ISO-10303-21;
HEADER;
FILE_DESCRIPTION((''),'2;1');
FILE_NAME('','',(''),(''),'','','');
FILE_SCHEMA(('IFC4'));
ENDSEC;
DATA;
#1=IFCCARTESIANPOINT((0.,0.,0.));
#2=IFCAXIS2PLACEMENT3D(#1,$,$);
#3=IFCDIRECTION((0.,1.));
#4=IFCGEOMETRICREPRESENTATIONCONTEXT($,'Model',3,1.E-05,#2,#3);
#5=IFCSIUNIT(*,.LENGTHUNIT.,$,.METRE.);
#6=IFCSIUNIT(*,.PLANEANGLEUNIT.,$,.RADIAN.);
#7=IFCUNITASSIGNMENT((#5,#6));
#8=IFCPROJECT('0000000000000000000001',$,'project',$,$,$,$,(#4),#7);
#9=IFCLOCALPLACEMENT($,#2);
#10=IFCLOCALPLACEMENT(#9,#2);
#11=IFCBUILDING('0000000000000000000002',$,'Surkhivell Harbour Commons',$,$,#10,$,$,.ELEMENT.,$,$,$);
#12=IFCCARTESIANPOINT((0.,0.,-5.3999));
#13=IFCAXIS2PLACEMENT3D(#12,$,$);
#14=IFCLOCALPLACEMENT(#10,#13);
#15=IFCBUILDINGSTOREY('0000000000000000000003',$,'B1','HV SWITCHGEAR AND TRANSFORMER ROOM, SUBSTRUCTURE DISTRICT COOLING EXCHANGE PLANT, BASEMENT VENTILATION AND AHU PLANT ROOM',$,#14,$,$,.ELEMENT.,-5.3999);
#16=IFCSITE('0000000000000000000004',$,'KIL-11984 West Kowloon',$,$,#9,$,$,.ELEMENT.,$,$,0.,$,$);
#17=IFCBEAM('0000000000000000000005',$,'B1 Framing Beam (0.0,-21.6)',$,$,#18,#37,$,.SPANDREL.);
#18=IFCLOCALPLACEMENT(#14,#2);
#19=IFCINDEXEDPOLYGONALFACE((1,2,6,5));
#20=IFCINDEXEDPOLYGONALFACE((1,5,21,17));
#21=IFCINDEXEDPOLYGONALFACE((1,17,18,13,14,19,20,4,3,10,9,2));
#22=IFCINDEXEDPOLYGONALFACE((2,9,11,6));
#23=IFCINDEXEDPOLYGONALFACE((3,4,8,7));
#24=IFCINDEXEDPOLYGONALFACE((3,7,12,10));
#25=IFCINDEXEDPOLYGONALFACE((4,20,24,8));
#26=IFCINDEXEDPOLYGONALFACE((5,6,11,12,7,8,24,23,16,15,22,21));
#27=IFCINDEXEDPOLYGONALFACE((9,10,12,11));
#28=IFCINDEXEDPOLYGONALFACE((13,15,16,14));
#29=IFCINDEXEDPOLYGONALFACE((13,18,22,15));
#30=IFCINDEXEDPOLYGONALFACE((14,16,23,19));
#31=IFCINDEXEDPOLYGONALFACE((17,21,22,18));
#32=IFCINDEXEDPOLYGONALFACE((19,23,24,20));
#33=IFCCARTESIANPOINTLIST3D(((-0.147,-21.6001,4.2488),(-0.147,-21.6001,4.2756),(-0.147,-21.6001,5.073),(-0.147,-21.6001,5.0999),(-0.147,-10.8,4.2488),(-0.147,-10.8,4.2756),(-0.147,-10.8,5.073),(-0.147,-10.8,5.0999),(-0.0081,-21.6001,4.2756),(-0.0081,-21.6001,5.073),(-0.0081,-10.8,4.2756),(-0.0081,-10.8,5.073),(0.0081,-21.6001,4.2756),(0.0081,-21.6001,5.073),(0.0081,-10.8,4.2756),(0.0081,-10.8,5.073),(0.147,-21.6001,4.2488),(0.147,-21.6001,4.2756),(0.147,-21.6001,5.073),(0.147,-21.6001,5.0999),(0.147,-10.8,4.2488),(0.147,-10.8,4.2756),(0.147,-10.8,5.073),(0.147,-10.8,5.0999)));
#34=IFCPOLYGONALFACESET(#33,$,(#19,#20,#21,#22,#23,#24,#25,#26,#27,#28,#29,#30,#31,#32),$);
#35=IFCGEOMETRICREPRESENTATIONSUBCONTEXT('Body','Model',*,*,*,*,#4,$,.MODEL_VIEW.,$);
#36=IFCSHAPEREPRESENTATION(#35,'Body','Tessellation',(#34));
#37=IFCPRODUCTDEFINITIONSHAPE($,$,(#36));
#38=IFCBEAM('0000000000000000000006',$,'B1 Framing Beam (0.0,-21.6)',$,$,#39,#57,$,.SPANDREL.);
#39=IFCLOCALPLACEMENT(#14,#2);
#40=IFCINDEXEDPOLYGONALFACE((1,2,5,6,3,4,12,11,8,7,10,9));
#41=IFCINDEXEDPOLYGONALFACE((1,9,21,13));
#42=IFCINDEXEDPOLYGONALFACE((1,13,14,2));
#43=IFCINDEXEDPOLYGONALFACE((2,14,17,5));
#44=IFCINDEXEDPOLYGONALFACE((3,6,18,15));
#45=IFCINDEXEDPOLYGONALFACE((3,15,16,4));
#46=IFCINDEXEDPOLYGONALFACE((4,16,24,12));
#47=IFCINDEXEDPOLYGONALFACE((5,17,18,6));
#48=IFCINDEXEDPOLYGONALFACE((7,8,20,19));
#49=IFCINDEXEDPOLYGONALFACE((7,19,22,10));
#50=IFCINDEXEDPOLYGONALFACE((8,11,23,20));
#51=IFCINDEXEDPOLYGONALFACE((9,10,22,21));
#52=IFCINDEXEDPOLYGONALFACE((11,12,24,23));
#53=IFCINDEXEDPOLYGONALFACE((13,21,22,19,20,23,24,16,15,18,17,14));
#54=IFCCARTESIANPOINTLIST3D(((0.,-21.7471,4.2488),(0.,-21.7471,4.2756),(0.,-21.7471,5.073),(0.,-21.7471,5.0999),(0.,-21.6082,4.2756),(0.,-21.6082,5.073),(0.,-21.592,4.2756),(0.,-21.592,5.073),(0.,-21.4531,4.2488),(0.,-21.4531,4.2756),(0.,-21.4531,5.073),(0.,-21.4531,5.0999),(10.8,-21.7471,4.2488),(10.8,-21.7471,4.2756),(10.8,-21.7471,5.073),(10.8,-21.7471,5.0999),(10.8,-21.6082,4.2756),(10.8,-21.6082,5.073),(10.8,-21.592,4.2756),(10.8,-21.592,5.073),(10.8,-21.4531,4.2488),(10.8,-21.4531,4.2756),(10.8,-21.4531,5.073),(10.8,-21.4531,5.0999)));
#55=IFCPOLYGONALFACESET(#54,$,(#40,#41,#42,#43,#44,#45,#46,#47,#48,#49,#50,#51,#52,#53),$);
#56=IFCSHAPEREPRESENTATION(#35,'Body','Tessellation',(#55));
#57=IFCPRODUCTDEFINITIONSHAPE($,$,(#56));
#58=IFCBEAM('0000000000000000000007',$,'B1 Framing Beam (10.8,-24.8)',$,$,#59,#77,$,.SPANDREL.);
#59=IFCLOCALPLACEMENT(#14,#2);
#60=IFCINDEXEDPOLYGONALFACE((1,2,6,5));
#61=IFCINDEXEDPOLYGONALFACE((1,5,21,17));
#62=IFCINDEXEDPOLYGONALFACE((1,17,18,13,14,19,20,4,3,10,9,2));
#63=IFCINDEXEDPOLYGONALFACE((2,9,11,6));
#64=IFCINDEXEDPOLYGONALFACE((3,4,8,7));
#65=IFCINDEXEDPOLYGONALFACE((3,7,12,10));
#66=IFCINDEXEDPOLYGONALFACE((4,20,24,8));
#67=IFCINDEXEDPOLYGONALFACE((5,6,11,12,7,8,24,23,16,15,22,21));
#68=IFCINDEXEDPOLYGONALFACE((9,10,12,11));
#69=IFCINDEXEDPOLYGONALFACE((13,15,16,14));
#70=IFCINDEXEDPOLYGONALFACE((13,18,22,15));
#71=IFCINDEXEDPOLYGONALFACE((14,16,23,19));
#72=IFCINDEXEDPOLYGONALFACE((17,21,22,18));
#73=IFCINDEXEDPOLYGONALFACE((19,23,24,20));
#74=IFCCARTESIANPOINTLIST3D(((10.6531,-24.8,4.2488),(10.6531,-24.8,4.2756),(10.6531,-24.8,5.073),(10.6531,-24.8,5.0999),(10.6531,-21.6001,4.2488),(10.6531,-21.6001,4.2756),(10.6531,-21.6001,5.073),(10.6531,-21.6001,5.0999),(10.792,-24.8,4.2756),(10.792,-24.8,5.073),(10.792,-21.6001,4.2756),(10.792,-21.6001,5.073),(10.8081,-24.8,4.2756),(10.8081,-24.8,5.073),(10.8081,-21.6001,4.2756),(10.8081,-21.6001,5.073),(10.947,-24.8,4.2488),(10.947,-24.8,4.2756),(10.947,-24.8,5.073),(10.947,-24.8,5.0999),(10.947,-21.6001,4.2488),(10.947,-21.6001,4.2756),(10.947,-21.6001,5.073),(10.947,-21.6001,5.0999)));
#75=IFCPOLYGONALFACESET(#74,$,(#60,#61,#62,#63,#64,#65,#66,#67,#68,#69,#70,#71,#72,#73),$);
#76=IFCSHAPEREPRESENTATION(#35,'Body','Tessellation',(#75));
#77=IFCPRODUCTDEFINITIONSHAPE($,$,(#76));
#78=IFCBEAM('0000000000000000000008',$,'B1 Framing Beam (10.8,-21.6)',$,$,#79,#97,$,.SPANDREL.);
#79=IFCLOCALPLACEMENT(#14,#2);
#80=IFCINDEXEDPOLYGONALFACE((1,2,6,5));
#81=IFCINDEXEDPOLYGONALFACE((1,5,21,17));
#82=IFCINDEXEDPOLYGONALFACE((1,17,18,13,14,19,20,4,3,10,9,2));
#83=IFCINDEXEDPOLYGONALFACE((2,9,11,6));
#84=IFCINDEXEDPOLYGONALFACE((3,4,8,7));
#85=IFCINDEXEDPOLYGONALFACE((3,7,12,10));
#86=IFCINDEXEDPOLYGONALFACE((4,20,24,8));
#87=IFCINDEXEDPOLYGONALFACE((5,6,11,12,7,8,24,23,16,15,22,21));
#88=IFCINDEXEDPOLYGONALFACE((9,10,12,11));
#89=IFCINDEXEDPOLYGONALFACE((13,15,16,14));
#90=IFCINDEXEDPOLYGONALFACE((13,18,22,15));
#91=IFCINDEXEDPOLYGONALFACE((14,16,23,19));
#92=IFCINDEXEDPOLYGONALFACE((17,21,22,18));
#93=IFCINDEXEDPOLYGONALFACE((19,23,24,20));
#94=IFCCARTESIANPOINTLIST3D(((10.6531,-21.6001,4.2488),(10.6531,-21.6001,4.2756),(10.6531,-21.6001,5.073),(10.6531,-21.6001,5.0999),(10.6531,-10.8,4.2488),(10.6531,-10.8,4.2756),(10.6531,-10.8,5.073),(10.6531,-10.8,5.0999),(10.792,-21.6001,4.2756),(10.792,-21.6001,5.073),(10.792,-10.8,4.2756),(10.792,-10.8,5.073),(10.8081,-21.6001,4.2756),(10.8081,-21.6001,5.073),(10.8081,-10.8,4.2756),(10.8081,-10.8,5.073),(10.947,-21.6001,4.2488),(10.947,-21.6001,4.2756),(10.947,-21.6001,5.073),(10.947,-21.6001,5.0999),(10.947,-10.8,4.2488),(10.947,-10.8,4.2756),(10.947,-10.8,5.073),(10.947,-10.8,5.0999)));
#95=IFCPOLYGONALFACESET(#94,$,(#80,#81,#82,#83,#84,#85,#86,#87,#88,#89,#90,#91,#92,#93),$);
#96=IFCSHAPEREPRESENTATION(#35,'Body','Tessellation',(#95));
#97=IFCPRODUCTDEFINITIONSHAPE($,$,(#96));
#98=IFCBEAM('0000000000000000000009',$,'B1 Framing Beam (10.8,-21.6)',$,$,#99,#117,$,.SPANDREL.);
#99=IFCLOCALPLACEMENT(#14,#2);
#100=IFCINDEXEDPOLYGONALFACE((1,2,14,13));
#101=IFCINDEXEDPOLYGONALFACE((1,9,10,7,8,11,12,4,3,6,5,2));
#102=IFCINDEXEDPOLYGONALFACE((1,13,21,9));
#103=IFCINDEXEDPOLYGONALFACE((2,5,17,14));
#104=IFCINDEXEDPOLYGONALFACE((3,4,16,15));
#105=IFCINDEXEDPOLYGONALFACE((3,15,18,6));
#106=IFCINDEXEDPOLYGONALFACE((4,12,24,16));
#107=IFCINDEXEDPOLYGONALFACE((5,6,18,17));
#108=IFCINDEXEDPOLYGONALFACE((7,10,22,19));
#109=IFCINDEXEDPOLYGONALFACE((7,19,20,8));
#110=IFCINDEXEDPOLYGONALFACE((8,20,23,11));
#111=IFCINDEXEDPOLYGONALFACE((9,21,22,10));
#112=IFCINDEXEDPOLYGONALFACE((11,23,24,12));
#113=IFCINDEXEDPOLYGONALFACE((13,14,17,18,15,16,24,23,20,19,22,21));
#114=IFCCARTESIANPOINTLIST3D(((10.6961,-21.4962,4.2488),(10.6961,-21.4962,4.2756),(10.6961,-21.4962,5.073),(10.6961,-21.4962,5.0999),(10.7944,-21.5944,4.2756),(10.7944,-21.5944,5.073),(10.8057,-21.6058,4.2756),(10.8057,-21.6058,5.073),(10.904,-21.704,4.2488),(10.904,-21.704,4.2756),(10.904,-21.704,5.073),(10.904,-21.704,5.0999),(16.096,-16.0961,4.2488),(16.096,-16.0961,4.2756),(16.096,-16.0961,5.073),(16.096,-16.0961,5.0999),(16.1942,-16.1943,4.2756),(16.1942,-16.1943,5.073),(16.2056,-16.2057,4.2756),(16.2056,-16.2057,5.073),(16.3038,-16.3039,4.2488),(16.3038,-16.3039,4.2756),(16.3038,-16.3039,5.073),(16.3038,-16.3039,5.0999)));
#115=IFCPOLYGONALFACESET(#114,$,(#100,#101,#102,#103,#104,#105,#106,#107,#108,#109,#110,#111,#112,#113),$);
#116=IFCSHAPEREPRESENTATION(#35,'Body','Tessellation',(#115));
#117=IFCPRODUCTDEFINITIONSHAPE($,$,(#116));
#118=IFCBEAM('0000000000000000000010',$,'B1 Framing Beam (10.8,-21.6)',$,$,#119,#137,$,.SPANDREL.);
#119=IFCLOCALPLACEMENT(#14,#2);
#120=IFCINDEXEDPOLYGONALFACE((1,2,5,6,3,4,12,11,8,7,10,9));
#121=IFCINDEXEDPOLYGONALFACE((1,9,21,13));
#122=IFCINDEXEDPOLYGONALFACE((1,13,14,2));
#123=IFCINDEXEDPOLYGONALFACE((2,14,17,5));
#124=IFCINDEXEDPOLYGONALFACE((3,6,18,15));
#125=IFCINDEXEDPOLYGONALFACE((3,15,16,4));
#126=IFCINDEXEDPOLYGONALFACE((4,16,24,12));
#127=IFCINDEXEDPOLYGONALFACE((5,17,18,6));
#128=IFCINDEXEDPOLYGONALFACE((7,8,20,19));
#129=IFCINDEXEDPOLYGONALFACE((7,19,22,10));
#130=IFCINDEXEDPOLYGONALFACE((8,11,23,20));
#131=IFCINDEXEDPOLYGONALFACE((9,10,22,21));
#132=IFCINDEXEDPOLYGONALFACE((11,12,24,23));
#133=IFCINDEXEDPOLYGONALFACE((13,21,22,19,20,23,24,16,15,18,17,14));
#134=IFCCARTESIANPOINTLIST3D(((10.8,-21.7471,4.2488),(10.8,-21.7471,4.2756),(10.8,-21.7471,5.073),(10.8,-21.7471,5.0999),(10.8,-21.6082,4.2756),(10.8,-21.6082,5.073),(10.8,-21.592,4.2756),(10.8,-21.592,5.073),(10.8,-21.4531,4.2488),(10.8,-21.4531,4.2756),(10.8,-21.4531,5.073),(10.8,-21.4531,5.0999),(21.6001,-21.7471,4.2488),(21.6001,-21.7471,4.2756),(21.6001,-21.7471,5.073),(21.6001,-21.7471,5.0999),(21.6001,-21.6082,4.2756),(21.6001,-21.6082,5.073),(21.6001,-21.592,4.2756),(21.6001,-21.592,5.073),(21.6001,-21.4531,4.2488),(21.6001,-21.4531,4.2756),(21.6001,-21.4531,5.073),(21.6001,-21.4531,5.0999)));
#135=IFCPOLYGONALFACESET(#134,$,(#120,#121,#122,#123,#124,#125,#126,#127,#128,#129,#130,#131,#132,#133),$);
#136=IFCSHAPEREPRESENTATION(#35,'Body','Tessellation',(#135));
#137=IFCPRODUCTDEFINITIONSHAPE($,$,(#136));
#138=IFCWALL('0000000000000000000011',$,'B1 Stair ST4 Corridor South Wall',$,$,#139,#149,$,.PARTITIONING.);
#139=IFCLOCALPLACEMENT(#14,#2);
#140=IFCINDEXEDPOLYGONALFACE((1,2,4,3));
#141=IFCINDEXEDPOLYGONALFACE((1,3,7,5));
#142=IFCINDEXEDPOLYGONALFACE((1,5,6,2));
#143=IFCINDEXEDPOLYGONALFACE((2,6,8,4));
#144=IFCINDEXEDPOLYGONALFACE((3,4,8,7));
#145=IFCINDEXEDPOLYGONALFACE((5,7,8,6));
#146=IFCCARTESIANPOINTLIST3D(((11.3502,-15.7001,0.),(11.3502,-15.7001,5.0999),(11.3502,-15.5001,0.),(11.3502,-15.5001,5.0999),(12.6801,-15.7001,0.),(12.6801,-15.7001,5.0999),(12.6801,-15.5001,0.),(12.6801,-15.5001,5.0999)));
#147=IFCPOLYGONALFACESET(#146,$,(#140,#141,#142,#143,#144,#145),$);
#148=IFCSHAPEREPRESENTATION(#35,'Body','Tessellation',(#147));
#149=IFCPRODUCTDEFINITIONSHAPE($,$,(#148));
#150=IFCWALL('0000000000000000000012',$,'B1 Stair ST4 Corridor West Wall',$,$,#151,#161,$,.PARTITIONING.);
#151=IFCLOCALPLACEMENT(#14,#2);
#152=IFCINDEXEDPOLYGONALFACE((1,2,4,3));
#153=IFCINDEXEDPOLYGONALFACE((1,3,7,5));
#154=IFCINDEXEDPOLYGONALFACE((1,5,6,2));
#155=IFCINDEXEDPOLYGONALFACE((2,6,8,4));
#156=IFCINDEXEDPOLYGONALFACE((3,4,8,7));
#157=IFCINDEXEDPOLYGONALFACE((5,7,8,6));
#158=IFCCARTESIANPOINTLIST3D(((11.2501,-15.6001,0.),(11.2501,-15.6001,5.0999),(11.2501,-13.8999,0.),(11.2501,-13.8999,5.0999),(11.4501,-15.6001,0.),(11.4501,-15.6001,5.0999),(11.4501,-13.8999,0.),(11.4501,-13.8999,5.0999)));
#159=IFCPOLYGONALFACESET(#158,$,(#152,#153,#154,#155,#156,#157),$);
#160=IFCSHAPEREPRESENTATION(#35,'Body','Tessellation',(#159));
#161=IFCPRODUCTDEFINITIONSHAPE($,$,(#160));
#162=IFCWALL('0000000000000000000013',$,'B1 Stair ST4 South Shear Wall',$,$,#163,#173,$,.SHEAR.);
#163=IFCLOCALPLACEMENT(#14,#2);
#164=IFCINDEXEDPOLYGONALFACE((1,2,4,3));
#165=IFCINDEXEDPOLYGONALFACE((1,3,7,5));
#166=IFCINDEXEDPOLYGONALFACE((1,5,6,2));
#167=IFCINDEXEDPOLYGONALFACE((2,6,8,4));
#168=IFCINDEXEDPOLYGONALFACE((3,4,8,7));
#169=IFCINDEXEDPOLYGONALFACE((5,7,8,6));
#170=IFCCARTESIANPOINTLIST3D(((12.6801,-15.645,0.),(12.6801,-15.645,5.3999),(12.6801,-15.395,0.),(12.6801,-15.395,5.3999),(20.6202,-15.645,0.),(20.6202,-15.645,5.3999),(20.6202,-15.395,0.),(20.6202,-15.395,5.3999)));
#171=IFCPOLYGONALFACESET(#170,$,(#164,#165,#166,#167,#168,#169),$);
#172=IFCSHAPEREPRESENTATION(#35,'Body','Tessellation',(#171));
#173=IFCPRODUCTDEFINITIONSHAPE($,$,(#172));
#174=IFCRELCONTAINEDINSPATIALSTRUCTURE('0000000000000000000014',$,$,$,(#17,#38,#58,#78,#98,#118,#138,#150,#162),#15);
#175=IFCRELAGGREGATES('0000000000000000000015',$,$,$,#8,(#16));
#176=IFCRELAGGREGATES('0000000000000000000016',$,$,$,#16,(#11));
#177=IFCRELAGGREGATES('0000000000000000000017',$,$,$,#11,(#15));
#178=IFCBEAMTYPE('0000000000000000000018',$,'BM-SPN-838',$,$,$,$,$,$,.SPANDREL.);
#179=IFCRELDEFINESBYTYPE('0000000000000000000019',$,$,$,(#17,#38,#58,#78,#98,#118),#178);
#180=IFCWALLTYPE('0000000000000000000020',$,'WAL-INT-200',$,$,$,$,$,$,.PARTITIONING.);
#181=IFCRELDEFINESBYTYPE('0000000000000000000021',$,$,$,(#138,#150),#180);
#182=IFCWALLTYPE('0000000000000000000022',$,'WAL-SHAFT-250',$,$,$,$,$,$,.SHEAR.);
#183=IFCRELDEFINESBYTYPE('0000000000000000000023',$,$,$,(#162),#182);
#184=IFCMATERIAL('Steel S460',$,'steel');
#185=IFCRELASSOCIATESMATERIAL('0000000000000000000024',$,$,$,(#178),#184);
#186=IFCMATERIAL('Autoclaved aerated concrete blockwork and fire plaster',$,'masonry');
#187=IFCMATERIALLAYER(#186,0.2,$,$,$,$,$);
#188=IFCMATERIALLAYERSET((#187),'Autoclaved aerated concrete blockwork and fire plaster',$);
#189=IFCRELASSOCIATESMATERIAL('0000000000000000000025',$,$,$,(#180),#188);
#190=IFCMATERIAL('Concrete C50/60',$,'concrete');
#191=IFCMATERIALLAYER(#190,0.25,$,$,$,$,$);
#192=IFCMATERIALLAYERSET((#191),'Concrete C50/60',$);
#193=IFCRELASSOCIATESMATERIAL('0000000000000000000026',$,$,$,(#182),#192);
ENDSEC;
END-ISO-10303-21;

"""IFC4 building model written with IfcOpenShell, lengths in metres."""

from ifc_helpers import new_model, si_unit, direction, frame, frame_2d, origin, origin_2d, place, context, subcontext, project, spatial, rectangle, i_section, extrude, material, layer, layer_set, material_profile, profile_set, type_object, element, save


model = new_model("IFC4")

# Units and contexts
model_context = context("Model", 3, precision=1e-05, world=origin(), true_north=direction((0.0, 1.0)))
body_context = subcontext(model_context, "Body", "Model", "MODEL_VIEW")
ifc_project = project(units=[si_unit("LENGTHUNIT", "METRE"), si_unit("PLANEANGLEUNIT", "RADIAN")], contexts=[model_context])

# Site, building, storey
site_placement = place(None, origin())
site = spatial("IfcSite", under=ifc_project, at=site_placement, Name="KIL-11984 West Kowloon", CompositionType="ELEMENT", RefElevation=0.0)
building_placement = place(site_placement, origin())
building = spatial("IfcBuilding", under=site, at=building_placement, Name="Surkhivell Harbour Commons", CompositionType="ELEMENT")
storey_placement = place(building_placement, frame((0.0, 0.0, -5.3999)))
storey = spatial("IfcBuildingStorey", under=building, at=storey_placement, Name="B1", Description="HV SWITCHGEAR AND TRANSFORMER ROOM, SUBSTRUCTURE DISTRICT COOLING EXCHANGE PLANT, BASEMENT VENTILATION AND AHU PLANT ROOM", CompositionType="ELEMENT", Elevation=-5.3999)

# Shared definitions
ifc_material_1 = material(Name="Concrete C50/60", Category="concrete")

# Beams
ifc_material_2 = material(Name="Steel S460", Category="steel")
ifc_material_profile_1 = material_profile(ifc_material_2, i_section(OverallWidth=0.2939, OverallDepth=0.8511, WebThickness=0.0161, FlangeThickness=0.0269, at=origin_2d()), Name="UB838x292x226")
ifc_profile_set_1 = profile_set([ifc_material_profile_1], Name="Steel S460")
beam_type = type_object("IfcBeamType", Name="BM-SPN-838", PredefinedType="SPANDREL", material=ifc_profile_set_1)
for number, where, z_axis, x_axis, name in (
    (1, (0.0, -21.6001, 4.6743), (0.0, 1.0, 0.0), (-1.0, 0.0, 0.0), "B1 Framing Beam (0.0,-21.6)"),
    (2, (0.0, -21.6001, 4.6743), (1.0, 0.0, 0.0), (0.0, 1.0, 0.0), "B1 Framing Beam (0.0,-21.6)"),
):
    element("IfcBeam", number, at=place(storey_placement, frame(where, z_axis=z_axis, x_axis=x_axis)), inside=storey, type_object=beam_type, Name=name, PredefinedType="SPANDREL", context=body_context, shape_type="SweptSolid", body=[
        extrude(i_section(OverallWidth=0.2939, OverallDepth=0.8511, WebThickness=0.0161, FlangeThickness=0.0269, at=origin_2d()), origin(), (0.0, 0.0, 1.0), 10.8),
    ])
beam_1_placement = place(storey_placement, frame((10.8, -24.8, 4.6743), z_axis=(0.0, 1.0, 0.0), x_axis=(-1.0, 0.0, 0.0)))
element("IfcBeam", 3, at=beam_1_placement, inside=storey, type_object=beam_type, Name="B1 Framing Beam (10.8,-24.8)", PredefinedType="SPANDREL", context=body_context, shape_type="SweptSolid", body=[
    extrude(i_section(OverallWidth=0.2939, OverallDepth=0.8511, WebThickness=0.0161, FlangeThickness=0.0269, at=origin_2d()), origin(), (0.0, 0.0, 1.0), 3.2),
])
beam_2_placement = place(storey_placement, frame((10.8, -21.6001, 4.6743), z_axis=(0.0, 1.0, 0.0), x_axis=(-1.0, 0.0, 0.0)))
element("IfcBeam", 4, at=beam_2_placement, inside=storey, type_object=beam_type, Name="B1 Framing Beam (10.8,-21.6)", PredefinedType="SPANDREL", context=body_context, shape_type="SweptSolid", body=[
    extrude(i_section(OverallWidth=0.2939, OverallDepth=0.8511, WebThickness=0.0161, FlangeThickness=0.0269, at=origin_2d()), origin(), (0.0, 0.0, 1.0), 10.8),
])
beam_3_placement = place(storey_placement, frame((10.8, -21.6001, 4.6743), z_axis=(0.707091, 0.707123, 0.0), x_axis=(-0.707123, 0.707091, 0.0)))
element("IfcBeam", 5, at=beam_3_placement, inside=storey, type_object=beam_type, Name="B1 Framing Beam (10.8,-21.6)", PredefinedType="SPANDREL", context=body_context, shape_type="SweptSolid", body=[
    extrude(i_section(OverallWidth=0.2939, OverallDepth=0.8511, WebThickness=0.0161, FlangeThickness=0.0269, at=origin_2d()), origin(), (0.0, 0.0, 1.0), 7.6367),
])
beam_4_placement = place(storey_placement, frame((10.8, -21.6001, 4.6743), z_axis=(1.0, 0.0, 0.0), x_axis=(0.0, 1.0, 0.0)))
element("IfcBeam", 6, at=beam_4_placement, inside=storey, type_object=beam_type, Name="B1 Framing Beam (10.8,-21.6)", PredefinedType="SPANDREL", context=body_context, shape_type="SweptSolid", body=[
    extrude(i_section(OverallWidth=0.2939, OverallDepth=0.8511, WebThickness=0.0161, FlangeThickness=0.0269, at=origin_2d()), origin(), (0.0, 0.0, 1.0), 10.8),
])

# Walls
ifc_material_3 = material(Name="Autoclaved aerated concrete blockwork and fire plaster", Category="masonry")
ifc_layer_1 = layer(ifc_material_3, 0.2)
ifc_layer_set_1 = layer_set([ifc_layer_1], Name="Autoclaved aerated concrete blockwork and fire plaster")
wall_type_1 = type_object("IfcWallType", Name="WAL-INT-200", PredefinedType="PARTITIONING", material=ifc_layer_set_1)
wall_1_placement = place(storey_placement, frame((11.3501, -15.6001, 0.0), z_axis=(0.0, 0.0, 1.0), x_axis=(1.0, 0.0, 0.0)))
element("IfcWall", 7, at=wall_1_placement, inside=storey, type_object=wall_type_1, Name="B1 Stair ST4 Corridor South Wall", PredefinedType="PARTITIONING", context=body_context, shape_type="SweptSolid", body=[
    extrude(rectangle(XDim=1.3298, YDim=0.2, at=frame_2d((0.665, 0.0))), origin(), (0.0, 0.0, 1.0), 5.0999),
])
wall_2_placement = place(storey_placement, frame((11.3501, -15.6001, 0.0), z_axis=(0.0, 0.0, 1.0), x_axis=(0.0, 1.0, 0.0)))
element("IfcWall", 8, at=wall_2_placement, inside=storey, type_object=wall_type_1, Name="B1 Stair ST4 Corridor West Wall", PredefinedType="PARTITIONING", context=body_context, shape_type="SweptSolid", body=[
    extrude(rectangle(XDim=1.7002, YDim=0.2, at=frame_2d((0.8501, 0.0))), origin(), (0.0, 0.0, 1.0), 5.0999),
])
ifc_layer_2 = layer(ifc_material_1, 0.25)
ifc_layer_set_2 = layer_set([ifc_layer_2], Name="Concrete C50/60")
wall_type_2 = type_object("IfcWallType", Name="WAL-SHAFT-250", PredefinedType="SHEAR", material=ifc_layer_set_2)
wall_3_placement = place(storey_placement, frame((12.6799, -15.52, 0.0), z_axis=(0.0, 0.0, 1.0), x_axis=(1.0, 0.0, 0.0)))
element("IfcWall", 9, at=wall_3_placement, inside=storey, type_object=wall_type_2, Name="B1 Stair ST4 South Shear Wall", PredefinedType="SHEAR", context=body_context, shape_type="SweptSolid", body=[
    extrude(rectangle(XDim=7.9402, YDim=0.25, at=frame_2d((3.9702, 0.0))), origin(), (0.0, 0.0, 1.0), 5.3999),
])

save(model, "model.ifc")
